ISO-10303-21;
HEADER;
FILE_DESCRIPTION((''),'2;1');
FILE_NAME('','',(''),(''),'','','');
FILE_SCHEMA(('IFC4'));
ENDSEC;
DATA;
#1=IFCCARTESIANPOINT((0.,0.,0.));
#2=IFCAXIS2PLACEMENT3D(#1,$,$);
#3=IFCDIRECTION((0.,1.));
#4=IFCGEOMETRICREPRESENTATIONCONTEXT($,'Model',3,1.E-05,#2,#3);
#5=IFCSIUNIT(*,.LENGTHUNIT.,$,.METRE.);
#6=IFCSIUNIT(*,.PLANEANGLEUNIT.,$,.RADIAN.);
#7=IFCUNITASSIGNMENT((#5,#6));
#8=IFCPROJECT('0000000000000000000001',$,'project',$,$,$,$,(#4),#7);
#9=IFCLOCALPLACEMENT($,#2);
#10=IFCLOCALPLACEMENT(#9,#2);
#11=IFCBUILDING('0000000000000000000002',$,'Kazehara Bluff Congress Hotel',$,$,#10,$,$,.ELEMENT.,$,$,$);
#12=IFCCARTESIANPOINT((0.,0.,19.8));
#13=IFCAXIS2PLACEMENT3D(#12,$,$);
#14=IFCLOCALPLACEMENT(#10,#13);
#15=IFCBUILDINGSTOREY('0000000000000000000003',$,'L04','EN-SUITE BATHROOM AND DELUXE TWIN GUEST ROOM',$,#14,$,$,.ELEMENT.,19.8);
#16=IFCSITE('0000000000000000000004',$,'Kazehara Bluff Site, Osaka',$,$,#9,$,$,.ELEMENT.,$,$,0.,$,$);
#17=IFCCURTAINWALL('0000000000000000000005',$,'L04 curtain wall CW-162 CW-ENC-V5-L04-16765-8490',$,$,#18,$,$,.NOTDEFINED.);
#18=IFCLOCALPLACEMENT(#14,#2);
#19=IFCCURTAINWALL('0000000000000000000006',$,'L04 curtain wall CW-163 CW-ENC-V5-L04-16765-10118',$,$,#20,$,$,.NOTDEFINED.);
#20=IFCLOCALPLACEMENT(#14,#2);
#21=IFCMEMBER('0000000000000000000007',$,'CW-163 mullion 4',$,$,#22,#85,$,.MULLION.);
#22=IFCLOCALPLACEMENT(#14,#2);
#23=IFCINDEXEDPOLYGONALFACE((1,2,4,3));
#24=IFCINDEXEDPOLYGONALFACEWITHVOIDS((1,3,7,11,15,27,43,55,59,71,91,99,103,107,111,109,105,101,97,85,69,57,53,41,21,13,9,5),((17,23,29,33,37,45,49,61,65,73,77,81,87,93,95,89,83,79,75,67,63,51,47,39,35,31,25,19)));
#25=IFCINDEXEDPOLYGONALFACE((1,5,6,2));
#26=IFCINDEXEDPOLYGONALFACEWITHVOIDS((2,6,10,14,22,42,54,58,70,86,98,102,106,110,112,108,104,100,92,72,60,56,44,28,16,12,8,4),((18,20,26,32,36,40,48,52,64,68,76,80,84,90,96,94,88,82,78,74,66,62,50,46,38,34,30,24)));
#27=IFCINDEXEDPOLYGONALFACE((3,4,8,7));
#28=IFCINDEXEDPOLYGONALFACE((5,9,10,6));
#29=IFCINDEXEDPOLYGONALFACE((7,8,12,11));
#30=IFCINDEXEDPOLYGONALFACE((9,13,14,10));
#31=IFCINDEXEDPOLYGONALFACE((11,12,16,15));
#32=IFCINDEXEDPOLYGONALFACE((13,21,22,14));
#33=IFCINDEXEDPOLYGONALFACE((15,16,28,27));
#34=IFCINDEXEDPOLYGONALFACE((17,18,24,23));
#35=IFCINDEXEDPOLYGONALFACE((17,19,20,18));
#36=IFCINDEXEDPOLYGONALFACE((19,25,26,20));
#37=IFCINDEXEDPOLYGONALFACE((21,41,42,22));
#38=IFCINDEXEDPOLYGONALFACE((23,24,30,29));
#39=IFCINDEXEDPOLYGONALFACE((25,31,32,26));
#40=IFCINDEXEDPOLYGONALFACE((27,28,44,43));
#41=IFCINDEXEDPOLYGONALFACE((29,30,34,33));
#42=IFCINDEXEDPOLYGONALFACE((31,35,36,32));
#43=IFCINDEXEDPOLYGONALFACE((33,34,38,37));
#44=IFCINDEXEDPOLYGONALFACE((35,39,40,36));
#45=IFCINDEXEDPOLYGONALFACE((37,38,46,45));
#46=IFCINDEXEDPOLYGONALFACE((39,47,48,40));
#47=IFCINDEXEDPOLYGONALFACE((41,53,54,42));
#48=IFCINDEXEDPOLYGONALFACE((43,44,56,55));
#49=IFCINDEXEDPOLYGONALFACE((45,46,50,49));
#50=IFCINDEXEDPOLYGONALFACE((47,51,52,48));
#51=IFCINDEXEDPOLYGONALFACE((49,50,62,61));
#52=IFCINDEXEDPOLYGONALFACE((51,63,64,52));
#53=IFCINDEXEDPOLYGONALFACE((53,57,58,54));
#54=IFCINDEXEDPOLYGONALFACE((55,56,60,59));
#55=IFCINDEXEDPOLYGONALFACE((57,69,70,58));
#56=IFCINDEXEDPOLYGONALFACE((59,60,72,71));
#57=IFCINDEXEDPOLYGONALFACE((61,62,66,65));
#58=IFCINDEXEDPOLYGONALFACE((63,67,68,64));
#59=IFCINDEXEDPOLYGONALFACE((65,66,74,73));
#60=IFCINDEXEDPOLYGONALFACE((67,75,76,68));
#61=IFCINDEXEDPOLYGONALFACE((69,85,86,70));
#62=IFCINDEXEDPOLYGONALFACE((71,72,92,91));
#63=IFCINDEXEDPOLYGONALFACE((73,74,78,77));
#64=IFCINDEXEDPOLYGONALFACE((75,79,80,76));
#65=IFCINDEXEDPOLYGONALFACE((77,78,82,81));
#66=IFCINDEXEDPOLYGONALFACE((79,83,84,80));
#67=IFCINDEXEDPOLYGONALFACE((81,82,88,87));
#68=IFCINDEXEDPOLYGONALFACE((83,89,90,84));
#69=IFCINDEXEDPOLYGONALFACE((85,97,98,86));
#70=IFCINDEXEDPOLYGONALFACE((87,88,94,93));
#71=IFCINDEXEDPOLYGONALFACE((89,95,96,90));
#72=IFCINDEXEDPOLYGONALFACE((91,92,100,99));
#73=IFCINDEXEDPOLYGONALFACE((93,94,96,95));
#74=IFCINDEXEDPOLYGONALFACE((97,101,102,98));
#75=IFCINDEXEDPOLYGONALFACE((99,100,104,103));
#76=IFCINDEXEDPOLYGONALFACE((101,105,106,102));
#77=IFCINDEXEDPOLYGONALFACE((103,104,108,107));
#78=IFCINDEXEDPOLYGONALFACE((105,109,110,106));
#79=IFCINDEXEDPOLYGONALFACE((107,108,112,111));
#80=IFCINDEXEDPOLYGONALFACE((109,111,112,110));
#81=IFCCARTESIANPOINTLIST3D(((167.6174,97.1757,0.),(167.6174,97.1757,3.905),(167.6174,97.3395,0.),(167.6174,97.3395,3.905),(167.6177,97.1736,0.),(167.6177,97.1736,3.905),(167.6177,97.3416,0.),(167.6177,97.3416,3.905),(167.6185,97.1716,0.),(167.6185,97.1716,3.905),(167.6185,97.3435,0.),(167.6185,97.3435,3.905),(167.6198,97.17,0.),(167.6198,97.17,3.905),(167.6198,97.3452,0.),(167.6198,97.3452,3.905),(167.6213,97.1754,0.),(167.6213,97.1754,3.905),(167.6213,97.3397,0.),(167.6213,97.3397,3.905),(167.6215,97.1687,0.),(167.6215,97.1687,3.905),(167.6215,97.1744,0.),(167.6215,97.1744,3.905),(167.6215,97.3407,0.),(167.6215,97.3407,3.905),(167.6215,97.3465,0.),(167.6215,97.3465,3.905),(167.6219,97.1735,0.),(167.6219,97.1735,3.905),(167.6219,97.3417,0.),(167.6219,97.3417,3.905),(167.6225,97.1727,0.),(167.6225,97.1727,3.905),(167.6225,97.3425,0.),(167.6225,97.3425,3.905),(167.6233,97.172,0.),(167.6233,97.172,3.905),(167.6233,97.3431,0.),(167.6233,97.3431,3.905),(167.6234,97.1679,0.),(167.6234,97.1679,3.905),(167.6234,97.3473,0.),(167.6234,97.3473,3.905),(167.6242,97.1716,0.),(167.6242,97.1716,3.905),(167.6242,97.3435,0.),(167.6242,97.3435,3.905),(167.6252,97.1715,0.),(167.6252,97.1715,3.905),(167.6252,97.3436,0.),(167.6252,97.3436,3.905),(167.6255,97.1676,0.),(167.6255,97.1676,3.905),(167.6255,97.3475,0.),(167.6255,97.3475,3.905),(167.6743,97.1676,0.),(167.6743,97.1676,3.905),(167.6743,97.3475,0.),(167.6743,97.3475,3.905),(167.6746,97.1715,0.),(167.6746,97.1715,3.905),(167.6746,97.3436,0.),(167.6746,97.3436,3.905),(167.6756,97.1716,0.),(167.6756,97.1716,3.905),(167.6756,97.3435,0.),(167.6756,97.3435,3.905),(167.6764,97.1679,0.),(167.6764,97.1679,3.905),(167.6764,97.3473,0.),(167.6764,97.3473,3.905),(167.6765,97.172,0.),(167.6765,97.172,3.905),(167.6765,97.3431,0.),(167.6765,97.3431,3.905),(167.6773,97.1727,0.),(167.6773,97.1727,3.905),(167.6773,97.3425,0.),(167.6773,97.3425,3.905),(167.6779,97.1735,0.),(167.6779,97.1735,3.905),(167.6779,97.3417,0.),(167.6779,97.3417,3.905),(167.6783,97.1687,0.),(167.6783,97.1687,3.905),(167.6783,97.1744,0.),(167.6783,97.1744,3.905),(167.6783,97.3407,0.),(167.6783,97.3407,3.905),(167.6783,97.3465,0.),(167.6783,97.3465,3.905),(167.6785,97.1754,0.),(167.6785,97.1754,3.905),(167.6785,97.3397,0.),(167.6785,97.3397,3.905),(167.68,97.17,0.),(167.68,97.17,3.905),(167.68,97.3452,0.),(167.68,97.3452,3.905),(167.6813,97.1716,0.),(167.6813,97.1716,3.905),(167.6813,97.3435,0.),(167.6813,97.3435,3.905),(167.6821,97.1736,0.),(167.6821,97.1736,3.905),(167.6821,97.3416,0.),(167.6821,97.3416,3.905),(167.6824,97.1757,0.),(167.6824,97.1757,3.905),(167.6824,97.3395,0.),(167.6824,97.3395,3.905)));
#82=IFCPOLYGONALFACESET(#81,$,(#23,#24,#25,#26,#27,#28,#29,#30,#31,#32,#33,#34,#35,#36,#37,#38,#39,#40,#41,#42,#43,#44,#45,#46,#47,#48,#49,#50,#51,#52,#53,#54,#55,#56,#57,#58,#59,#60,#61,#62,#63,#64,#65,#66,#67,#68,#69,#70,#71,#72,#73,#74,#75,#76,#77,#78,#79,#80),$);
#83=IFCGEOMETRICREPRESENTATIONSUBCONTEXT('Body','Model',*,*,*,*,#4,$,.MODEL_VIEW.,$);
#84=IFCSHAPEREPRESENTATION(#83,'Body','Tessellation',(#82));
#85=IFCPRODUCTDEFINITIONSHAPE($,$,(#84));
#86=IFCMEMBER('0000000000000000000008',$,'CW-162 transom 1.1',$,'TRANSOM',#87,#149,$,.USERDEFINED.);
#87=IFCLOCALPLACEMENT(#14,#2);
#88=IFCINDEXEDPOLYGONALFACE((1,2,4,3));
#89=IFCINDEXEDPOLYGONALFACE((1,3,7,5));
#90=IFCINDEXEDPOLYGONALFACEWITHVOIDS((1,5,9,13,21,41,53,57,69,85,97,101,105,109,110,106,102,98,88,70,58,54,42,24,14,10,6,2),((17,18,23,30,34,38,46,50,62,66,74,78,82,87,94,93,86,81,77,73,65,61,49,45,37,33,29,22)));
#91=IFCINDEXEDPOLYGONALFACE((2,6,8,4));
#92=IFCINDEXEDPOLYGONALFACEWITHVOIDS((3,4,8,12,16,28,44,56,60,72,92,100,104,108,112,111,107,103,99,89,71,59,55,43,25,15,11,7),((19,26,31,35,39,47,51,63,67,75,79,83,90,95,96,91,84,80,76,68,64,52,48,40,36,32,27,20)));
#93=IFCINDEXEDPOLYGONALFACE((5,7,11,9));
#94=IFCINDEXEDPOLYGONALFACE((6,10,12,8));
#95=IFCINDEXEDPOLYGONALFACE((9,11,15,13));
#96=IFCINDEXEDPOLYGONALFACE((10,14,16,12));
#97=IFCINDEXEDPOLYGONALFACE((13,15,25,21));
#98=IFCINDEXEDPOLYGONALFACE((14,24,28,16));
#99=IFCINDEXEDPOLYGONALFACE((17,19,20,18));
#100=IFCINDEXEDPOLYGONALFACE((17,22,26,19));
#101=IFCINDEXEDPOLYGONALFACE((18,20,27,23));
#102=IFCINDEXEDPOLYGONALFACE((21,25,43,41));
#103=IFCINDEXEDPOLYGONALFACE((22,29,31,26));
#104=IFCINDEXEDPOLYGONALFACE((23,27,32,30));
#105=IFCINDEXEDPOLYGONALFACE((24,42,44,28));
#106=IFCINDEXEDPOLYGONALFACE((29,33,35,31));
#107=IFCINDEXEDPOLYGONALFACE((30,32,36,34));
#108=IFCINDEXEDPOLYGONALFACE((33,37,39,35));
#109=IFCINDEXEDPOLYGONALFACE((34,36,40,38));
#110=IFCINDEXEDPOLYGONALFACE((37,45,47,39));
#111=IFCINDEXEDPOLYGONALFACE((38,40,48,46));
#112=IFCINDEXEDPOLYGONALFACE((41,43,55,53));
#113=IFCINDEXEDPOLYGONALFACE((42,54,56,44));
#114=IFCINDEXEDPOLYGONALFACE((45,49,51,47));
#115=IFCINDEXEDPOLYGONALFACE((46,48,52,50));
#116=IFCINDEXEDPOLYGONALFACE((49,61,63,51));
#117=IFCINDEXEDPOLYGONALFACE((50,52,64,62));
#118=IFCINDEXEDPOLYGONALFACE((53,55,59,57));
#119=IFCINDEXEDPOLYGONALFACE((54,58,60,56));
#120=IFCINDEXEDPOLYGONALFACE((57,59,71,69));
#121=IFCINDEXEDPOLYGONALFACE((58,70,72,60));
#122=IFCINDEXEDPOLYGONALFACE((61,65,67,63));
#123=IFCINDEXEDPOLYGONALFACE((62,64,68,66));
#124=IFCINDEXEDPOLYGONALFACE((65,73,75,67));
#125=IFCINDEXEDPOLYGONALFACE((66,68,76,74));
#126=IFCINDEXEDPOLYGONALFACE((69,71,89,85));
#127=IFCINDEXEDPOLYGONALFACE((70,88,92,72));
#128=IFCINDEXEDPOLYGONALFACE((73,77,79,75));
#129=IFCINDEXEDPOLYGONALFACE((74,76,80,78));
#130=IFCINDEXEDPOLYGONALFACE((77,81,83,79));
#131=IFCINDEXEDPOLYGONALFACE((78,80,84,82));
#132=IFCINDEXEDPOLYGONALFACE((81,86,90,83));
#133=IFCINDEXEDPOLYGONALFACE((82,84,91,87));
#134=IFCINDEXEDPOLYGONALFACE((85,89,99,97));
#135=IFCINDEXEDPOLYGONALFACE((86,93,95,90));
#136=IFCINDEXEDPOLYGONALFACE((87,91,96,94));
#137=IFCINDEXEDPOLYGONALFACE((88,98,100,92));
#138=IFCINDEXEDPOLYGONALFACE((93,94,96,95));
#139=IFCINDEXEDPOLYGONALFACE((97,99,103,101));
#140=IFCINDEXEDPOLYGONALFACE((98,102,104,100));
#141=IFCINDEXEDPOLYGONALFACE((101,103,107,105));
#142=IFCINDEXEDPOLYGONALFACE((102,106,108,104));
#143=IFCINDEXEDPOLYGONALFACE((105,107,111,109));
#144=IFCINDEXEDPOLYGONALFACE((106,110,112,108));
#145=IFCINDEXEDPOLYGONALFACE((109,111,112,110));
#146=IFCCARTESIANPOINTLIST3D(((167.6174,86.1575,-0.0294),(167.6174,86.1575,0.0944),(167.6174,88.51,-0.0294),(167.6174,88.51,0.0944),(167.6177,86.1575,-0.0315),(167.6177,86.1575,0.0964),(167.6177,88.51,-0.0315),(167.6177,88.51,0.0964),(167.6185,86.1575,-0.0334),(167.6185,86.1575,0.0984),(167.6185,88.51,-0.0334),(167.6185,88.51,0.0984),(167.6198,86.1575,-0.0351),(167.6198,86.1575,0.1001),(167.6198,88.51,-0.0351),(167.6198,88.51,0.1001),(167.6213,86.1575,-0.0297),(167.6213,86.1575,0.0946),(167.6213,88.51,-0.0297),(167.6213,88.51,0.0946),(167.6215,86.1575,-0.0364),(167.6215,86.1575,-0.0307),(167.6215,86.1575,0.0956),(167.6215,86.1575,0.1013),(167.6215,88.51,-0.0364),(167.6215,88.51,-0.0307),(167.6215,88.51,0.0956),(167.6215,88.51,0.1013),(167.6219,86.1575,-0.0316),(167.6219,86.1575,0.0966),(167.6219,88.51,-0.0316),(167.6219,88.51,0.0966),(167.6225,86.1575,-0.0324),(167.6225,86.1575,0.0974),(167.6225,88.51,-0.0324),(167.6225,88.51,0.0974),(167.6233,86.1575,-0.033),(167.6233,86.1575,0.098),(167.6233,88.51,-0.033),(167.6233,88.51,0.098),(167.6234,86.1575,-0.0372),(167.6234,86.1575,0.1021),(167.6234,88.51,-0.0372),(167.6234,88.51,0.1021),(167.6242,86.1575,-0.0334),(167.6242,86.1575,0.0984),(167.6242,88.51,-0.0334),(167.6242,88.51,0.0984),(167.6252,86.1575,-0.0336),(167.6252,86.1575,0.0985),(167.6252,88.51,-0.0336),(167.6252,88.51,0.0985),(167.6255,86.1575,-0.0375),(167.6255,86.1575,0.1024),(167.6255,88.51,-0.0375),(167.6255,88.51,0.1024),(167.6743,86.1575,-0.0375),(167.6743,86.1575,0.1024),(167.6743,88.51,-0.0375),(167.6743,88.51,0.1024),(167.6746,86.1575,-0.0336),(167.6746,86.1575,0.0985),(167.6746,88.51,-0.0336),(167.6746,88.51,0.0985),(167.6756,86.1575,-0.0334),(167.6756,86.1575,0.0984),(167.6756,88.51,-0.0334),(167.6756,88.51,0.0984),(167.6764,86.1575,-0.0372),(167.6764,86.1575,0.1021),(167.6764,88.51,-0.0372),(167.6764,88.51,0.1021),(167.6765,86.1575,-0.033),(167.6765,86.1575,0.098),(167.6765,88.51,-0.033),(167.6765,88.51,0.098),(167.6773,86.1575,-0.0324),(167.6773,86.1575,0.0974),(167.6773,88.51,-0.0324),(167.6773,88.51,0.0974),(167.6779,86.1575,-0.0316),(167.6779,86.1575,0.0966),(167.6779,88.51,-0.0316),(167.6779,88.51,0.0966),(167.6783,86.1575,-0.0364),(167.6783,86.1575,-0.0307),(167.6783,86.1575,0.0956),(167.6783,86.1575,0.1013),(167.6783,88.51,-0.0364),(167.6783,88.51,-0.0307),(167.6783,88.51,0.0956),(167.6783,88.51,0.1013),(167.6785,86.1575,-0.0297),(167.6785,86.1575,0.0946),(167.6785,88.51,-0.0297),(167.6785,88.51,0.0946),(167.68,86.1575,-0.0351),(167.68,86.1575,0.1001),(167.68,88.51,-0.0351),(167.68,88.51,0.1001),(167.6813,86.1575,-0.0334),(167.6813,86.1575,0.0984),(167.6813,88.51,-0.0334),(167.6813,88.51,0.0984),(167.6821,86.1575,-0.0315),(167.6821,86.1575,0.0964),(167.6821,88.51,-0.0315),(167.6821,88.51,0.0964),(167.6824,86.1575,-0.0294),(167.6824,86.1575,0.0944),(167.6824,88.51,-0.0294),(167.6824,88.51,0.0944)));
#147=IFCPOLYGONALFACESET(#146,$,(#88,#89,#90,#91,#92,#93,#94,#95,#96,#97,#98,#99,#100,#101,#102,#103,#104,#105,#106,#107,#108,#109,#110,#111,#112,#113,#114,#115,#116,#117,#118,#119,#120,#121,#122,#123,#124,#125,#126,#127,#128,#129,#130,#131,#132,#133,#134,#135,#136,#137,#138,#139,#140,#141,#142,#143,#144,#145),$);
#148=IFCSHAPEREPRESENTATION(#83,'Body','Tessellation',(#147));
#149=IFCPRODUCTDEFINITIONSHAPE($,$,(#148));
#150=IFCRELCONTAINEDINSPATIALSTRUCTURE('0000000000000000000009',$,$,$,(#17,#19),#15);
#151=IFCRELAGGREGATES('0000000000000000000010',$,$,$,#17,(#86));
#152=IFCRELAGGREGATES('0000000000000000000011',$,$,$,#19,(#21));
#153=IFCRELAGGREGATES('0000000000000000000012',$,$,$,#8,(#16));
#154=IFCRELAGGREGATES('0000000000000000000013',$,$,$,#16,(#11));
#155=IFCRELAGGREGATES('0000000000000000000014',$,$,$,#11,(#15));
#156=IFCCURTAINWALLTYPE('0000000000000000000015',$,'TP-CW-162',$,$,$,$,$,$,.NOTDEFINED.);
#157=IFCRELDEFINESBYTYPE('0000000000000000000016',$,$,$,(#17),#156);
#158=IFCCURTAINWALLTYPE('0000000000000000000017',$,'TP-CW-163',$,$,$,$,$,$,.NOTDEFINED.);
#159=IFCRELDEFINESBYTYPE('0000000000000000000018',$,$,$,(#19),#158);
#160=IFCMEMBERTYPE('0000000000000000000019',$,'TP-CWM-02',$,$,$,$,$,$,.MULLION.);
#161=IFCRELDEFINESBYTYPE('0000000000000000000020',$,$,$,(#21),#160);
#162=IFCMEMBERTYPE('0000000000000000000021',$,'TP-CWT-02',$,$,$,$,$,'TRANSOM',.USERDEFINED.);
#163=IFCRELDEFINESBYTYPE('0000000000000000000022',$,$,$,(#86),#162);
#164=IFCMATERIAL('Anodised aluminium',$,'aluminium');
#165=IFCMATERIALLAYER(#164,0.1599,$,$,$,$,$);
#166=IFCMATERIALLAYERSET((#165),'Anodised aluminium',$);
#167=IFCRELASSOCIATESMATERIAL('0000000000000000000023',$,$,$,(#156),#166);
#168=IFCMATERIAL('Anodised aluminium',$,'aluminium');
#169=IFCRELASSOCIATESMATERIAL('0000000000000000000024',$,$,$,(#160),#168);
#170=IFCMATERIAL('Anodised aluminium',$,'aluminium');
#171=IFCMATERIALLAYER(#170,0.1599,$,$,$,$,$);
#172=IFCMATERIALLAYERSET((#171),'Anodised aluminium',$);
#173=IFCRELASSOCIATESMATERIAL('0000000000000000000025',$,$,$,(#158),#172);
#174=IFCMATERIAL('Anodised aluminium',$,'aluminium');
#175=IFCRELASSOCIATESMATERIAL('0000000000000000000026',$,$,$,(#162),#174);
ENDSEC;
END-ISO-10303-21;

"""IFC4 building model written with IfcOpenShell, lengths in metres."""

from ifc_helpers import new_model, si_unit, direction, frame, origin, origin_2d, place, context, subcontext, project, spatial, hollow_rectangle, extrude, material, layer, layer_set, material_profile, profile_set, type_object, element, aggregate, save


model = new_model("IFC4")

# Units and contexts
model_context = context("Model", 3, precision=1e-05, world=origin(), true_north=direction((0.0, 1.0)))
body_context = subcontext(model_context, "Body", "Model", "MODEL_VIEW")
ifc_project = project(units=[si_unit("LENGTHUNIT", "METRE"), si_unit("PLANEANGLEUNIT", "RADIAN")], contexts=[model_context])

# Site, building, storey
site_placement = place(None, origin())
site = spatial("IfcSite", under=ifc_project, at=site_placement, Name="Kazehara Bluff Site, Osaka", CompositionType="ELEMENT", RefElevation=0.0)
building_placement = place(site_placement, origin())
building = spatial("IfcBuilding", under=site, at=building_placement, Name="Kazehara Bluff Congress Hotel", CompositionType="ELEMENT")
storey_placement = place(building_placement, frame((0.0, 0.0, 19.8)))
storey = spatial("IfcBuildingStorey", under=building, at=storey_placement, Name="L04", Description="EN-SUITE BATHROOM AND DELUXE TWIN GUEST ROOM", CompositionType="ELEMENT", Elevation=19.8)

# Curtain wall
ifc_material_1 = material(Name="Anodised aluminium", Category="aluminium")
ifc_layer_1 = layer(ifc_material_1, 0.1599)
ifc_layer_set_1 = layer_set([ifc_layer_1], Name="Anodised aluminium")
curtain_wall_type_1 = type_object("IfcCurtainWallType", Name="TP-CW-162", PredefinedType="NOTDEFINED", material=ifc_layer_set_1)
curtain_wall_1_placement = place(storey_placement, origin())
curtain_wall_1 = element("IfcCurtainWall", 1, at=curtain_wall_1_placement, inside=storey, type_object=curtain_wall_type_1, Name="L04 curtain wall CW-162 CW-ENC-V5-L04-16765-8490", PredefinedType="NOTDEFINED")
ifc_material_2 = material(Name="Anodised aluminium", Category="aluminium")
ifc_material_profile_1 = material_profile(ifc_material_2, hollow_rectangle(XDim=0.0649, YDim=0.1799, WallThickness=0.0039, InnerFilletRadius=0.0039, OuterFilletRadius=0.0081, at=origin_2d()))
ifc_profile_set_1 = profile_set([ifc_material_profile_1], Name="Anodised aluminium")
member_type_1 = type_object("IfcMemberType", Name="TP-CWM-02", PredefinedType="MULLION", material=ifc_profile_set_1)

# Curtain wall, member
ifc_material_3 = material(Name="Anodised aluminium", Category="aluminium")
ifc_layer_2 = layer(ifc_material_3, 0.1599)
ifc_layer_set_2 = layer_set([ifc_layer_2], Name="Anodised aluminium")
curtain_wall_type_2 = type_object("IfcCurtainWallType", Name="TP-CW-163", PredefinedType="NOTDEFINED", material=ifc_layer_set_2)
curtain_wall_2_placement = place(storey_placement, origin())
curtain_wall_2 = element("IfcCurtainWall", 2, at=curtain_wall_2_placement, inside=storey, type_object=curtain_wall_type_2, Name="L04 curtain wall CW-163 CW-ENC-V5-L04-16765-10118", PredefinedType="NOTDEFINED")
member_1_placement = place(storey_placement, frame((167.6499, 97.2576, 0.0), z_axis=(0.0, 0.0, 1.0), x_axis=(1.0, 0.0, 0.0)))
member_1 = element("IfcMember", 3, at=member_1_placement, type_object=member_type_1, Name="CW-163 mullion 4", PredefinedType="MULLION", context=body_context, shape_type="SweptSolid", body=[
    extrude(hollow_rectangle(XDim=0.0649, YDim=0.1799, WallThickness=0.0039, InnerFilletRadius=0.0039, OuterFilletRadius=0.0081, at=origin_2d()), origin(), (0.0, 0.0, 1.0), 3.905),
])

# Member
ifc_material_4 = material(Name="Anodised aluminium", Category="aluminium")
ifc_material_profile_2 = material_profile(ifc_material_4, hollow_rectangle(XDim=0.0649, YDim=0.1399, WallThickness=0.0039, InnerFilletRadius=0.0039, OuterFilletRadius=0.0081, at=origin_2d()))
ifc_profile_set_2 = profile_set([ifc_material_profile_2], Name="Anodised aluminium")
member_type_2 = type_object("IfcMemberType", Name="TP-CWT-02", ElementType="TRANSOM", PredefinedType="USERDEFINED", material=ifc_profile_set_2)
member_2_placement = place(storey_placement, frame((167.6499, 88.51, 0.0325), z_axis=(0.0, -1.0, 0.0), x_axis=(1.0, 0.0, 0.0)))
member_2 = element("IfcMember", 4, at=member_2_placement, type_object=member_type_2, Name="CW-162 transom 1.1", ObjectType="TRANSOM", PredefinedType="USERDEFINED", context=body_context, shape_type="SweptSolid", body=[
    extrude(hollow_rectangle(XDim=0.0649, YDim=0.1399, WallThickness=0.0039, InnerFilletRadius=0.0039, OuterFilletRadius=0.0081, at=origin_2d()), origin(), (0.0, 0.0, 1.0), 2.3525),
])

aggregate(curtain_wall_1, [member_2])
aggregate(curtain_wall_2, [member_1])

save(model, "model.ifc")
